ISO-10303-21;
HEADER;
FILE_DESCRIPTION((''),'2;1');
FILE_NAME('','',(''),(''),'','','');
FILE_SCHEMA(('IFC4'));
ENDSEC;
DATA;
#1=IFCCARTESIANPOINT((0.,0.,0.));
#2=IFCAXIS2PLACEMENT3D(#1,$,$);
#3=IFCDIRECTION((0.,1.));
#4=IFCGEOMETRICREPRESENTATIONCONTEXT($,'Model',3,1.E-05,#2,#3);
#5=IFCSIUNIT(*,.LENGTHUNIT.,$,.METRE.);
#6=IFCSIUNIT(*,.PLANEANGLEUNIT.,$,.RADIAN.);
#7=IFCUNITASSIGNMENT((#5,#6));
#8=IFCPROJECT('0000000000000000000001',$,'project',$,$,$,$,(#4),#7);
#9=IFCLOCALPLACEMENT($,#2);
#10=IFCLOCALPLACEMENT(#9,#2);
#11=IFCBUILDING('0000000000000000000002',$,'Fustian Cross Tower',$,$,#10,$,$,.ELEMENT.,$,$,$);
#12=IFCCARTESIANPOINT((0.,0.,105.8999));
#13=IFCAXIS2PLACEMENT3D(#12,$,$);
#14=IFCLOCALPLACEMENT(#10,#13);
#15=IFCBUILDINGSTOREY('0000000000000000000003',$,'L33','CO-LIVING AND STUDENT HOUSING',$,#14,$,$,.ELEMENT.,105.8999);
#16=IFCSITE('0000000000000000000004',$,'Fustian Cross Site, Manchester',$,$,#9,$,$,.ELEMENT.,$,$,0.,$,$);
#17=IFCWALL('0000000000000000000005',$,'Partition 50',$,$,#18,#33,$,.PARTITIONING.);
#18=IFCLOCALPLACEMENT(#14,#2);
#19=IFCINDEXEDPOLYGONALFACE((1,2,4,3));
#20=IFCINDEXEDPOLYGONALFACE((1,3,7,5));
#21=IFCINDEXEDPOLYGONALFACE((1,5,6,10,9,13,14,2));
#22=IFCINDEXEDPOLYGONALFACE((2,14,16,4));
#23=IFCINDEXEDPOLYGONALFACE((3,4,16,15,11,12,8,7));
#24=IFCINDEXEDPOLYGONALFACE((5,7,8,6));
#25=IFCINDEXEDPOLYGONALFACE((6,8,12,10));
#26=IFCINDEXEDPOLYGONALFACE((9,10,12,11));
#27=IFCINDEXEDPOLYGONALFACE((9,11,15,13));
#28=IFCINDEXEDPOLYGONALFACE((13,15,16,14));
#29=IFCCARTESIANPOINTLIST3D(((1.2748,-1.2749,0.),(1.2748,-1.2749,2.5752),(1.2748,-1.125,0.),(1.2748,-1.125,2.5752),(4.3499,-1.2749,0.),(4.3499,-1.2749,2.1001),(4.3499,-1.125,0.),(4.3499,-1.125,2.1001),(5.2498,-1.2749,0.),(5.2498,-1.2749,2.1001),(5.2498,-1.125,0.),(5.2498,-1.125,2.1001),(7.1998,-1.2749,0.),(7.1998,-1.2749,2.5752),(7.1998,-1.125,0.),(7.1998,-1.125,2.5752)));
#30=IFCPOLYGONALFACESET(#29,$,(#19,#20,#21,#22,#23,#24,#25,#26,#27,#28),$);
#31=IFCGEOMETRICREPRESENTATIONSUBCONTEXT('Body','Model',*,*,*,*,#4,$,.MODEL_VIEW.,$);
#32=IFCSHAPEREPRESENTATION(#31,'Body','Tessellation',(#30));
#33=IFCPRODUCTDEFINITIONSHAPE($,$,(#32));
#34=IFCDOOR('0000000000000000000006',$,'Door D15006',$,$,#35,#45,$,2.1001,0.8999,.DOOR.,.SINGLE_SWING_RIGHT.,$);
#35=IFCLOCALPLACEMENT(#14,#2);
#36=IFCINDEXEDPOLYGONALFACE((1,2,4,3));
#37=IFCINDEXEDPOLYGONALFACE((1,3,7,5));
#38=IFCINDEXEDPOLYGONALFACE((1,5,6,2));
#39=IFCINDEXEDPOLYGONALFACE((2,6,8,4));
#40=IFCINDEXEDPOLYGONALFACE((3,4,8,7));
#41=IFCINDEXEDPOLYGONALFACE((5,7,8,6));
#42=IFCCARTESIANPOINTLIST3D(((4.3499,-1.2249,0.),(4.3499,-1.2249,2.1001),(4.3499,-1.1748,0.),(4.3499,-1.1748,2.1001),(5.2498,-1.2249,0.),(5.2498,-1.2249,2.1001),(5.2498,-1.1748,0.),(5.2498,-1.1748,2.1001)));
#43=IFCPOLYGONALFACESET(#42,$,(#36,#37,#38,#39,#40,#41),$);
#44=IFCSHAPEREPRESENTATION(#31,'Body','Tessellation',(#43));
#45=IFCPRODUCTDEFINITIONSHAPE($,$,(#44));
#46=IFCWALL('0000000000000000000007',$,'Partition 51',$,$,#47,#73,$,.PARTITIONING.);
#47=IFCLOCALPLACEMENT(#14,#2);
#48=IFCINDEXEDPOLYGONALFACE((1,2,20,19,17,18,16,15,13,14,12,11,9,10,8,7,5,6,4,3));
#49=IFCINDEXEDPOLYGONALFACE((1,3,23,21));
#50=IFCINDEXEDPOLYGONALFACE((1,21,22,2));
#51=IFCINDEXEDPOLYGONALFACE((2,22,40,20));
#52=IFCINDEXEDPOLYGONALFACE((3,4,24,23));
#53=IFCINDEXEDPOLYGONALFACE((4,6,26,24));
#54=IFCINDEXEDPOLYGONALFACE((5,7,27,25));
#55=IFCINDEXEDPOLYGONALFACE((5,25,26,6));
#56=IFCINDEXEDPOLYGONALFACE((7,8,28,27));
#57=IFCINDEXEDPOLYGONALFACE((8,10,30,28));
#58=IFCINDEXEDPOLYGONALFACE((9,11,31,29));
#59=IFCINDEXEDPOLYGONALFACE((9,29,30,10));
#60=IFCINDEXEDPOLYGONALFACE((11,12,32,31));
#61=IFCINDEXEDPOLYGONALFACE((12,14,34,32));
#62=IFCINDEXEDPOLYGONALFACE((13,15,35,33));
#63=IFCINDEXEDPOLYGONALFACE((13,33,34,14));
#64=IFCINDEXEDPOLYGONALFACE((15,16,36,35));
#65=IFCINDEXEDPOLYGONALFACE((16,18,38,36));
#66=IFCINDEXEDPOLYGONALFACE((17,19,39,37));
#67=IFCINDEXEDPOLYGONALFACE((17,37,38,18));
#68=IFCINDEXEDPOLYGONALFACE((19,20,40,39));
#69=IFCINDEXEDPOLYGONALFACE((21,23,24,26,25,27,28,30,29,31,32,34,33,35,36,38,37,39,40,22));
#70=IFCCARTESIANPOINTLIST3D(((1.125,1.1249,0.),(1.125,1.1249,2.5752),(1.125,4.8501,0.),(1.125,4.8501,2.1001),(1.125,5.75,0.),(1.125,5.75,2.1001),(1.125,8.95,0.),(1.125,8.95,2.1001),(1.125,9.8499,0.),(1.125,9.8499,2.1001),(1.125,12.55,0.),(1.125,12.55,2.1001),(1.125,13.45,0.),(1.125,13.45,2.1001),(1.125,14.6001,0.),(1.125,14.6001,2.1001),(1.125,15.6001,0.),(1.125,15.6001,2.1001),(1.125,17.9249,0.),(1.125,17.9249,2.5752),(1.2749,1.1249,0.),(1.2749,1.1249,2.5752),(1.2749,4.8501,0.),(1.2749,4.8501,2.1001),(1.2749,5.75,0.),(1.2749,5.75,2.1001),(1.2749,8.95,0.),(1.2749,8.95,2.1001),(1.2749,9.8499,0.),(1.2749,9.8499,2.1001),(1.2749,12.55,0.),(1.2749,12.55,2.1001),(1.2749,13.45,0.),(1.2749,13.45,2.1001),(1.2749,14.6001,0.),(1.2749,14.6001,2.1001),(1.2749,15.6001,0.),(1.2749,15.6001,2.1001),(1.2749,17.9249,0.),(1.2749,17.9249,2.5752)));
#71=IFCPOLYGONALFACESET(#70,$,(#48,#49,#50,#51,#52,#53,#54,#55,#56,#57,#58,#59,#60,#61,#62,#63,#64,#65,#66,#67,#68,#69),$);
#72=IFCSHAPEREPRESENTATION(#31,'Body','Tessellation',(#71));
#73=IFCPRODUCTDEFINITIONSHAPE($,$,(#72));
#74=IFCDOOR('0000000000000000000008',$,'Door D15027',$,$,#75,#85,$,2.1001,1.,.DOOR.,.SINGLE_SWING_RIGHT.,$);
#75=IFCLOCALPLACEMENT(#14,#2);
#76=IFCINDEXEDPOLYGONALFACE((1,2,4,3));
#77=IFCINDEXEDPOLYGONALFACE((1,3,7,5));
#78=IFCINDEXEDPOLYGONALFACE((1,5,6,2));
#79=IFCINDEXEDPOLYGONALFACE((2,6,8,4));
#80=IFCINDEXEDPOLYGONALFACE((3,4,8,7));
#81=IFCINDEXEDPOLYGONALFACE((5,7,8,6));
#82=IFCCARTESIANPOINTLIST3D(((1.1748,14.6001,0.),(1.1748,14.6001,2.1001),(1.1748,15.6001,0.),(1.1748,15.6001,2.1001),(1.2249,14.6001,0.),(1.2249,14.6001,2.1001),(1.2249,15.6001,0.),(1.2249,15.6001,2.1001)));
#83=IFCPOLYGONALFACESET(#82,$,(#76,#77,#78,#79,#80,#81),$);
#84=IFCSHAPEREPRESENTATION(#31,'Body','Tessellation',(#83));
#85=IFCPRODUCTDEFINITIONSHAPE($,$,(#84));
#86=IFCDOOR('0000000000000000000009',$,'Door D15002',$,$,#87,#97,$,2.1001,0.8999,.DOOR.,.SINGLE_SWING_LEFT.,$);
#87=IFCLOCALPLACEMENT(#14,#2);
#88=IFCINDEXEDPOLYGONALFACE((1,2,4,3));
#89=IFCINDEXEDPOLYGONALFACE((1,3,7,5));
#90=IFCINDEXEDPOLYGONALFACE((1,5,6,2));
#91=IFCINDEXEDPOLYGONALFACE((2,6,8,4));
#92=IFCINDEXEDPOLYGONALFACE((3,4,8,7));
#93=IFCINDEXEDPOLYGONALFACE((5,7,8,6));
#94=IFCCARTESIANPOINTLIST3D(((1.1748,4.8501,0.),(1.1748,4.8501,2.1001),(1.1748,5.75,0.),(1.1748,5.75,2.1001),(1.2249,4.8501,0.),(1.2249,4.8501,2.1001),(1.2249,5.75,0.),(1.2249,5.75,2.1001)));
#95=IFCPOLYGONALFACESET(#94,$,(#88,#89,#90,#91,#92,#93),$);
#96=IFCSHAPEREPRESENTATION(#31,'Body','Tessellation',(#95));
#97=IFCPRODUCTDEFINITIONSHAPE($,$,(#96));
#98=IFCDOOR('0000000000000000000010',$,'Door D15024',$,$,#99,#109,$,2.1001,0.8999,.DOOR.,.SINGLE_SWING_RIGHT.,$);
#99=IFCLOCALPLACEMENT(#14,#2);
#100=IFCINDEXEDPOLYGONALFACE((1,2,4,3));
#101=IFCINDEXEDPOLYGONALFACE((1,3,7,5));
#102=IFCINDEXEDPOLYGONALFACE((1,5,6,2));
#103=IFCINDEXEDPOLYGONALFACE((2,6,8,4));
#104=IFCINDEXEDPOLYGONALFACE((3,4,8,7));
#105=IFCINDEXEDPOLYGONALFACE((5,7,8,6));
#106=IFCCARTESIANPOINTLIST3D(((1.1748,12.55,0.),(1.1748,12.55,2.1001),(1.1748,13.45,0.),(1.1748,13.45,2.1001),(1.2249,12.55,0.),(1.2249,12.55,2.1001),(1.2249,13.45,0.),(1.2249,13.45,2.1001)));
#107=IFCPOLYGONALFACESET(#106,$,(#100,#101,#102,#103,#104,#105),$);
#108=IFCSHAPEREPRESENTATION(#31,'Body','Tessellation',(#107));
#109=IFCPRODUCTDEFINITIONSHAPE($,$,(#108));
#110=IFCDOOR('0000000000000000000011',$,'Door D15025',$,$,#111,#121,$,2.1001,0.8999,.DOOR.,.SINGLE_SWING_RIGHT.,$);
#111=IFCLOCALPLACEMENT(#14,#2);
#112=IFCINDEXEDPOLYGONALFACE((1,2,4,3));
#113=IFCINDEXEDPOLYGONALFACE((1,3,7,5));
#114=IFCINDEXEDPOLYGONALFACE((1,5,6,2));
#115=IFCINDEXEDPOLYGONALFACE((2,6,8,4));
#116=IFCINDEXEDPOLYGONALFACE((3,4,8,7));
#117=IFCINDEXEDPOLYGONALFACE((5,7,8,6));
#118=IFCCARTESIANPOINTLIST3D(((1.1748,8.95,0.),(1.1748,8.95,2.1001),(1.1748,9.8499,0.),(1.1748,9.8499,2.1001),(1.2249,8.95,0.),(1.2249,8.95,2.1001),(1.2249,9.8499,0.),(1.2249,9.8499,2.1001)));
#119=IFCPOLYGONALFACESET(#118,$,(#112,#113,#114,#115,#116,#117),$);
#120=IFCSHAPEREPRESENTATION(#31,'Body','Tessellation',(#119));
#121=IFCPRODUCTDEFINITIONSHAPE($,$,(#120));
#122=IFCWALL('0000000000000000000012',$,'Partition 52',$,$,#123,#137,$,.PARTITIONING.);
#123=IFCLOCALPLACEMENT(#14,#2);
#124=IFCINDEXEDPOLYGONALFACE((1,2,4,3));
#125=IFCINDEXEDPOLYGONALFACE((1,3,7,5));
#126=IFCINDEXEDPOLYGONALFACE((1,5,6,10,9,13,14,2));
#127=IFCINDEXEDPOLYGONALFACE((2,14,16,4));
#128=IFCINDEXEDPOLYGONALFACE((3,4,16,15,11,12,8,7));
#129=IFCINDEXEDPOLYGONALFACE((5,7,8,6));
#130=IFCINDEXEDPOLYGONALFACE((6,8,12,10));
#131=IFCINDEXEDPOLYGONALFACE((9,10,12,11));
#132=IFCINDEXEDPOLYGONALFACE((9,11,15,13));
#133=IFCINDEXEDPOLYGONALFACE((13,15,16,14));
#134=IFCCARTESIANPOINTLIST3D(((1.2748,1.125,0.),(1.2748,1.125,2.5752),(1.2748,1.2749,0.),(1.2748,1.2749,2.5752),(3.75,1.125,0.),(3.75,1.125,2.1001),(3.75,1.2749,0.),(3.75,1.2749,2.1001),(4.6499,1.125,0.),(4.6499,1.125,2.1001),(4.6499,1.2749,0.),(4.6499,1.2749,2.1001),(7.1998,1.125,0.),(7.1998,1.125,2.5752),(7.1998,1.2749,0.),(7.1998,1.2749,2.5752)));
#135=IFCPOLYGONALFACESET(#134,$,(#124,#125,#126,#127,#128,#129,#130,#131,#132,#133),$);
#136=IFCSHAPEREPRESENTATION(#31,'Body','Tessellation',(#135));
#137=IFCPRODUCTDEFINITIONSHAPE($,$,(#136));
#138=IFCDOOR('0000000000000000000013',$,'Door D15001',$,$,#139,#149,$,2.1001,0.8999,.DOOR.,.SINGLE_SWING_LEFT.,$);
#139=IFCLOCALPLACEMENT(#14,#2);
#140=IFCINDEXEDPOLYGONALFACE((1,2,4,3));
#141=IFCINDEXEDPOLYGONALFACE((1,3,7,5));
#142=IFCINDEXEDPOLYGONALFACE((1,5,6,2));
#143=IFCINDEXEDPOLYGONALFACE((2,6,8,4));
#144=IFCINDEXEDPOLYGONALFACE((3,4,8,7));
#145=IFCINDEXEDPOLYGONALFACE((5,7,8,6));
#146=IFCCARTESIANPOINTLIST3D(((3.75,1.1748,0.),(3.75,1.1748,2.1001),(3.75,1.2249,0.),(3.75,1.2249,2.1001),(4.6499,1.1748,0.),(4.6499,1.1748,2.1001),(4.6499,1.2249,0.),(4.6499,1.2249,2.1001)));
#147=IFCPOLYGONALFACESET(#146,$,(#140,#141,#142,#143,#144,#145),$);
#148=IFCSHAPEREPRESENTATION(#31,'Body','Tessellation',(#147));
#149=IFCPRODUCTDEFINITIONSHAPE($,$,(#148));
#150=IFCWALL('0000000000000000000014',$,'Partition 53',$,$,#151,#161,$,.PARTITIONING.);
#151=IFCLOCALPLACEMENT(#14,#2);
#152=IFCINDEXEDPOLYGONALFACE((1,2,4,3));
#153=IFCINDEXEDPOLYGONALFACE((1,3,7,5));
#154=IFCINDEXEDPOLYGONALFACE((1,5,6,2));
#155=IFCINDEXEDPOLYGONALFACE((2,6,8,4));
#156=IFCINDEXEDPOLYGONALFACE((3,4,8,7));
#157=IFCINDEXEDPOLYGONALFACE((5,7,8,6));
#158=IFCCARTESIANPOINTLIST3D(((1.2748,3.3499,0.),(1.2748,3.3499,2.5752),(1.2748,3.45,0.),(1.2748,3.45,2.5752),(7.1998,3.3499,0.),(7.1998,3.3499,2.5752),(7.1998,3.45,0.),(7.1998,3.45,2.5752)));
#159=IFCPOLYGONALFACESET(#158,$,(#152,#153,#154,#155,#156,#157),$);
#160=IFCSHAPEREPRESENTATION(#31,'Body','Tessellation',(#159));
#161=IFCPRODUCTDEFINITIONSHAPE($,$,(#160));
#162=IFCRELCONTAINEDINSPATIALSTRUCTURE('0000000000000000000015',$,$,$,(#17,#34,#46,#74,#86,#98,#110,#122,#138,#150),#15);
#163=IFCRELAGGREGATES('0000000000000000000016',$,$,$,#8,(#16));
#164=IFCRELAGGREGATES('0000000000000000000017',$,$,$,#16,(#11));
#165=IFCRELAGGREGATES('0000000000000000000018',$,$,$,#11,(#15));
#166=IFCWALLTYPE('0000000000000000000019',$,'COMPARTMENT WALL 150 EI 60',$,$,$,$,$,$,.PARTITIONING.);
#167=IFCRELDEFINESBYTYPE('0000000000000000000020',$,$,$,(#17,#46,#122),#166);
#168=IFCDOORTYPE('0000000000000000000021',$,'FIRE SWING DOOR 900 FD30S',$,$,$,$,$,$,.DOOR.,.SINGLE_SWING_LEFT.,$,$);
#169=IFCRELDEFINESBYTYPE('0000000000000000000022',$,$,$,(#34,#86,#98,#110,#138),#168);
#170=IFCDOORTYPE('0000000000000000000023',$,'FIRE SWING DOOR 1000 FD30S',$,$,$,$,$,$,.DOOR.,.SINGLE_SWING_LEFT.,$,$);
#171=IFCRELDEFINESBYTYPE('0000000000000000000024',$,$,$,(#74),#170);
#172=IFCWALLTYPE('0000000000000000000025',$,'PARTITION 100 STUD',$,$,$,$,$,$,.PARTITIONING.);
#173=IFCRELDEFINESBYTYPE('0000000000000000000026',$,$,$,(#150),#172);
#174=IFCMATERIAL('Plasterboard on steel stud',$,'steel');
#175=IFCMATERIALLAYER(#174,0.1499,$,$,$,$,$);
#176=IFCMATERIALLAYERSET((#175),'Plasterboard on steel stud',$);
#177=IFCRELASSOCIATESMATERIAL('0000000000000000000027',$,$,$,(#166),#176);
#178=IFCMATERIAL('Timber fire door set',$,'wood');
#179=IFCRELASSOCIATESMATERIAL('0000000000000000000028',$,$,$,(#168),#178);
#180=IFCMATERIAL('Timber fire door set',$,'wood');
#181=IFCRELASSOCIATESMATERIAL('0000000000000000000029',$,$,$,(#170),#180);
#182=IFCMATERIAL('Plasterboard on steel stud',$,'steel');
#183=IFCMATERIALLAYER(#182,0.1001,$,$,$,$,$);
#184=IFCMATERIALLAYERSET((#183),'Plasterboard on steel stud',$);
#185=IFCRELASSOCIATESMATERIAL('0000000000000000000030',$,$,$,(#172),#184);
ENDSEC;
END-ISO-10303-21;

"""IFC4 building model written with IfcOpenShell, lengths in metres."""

from ifc_helpers import new_model, si_unit, direction, frame, frame_2d, origin, place, context, subcontext, project, spatial, rectangle, extrude, material, layer, layer_set, type_object, element, fill, save


model = new_model("IFC4")

# Units and contexts
model_context = context("Model", 3, precision=1e-05, world=origin(), true_north=direction((0.0, 1.0)))
body_context = subcontext(model_context, "Body", "Model", "MODEL_VIEW")
ifc_project = project(units=[si_unit("LENGTHUNIT", "METRE"), si_unit("PLANEANGLEUNIT", "RADIAN")], contexts=[model_context])

# Site, building, storey
site_placement = place(None, origin())
site = spatial("IfcSite", under=ifc_project, at=site_placement, Name="Fustian Cross Site, Manchester", CompositionType="ELEMENT", RefElevation=0.0)
building_placement = place(site_placement, origin())
building = spatial("IfcBuilding", under=site, at=building_placement, Name="Fustian Cross Tower", CompositionType="ELEMENT")
storey_placement = place(building_placement, frame((0.0, 0.0, 105.8999)))
storey = spatial("IfcBuildingStorey", under=building, at=storey_placement, Name="L33", Description="CO-LIVING AND STUDENT HOUSING", CompositionType="ELEMENT", Elevation=105.8999)

# Wall, opening, door
ifc_material_1 = material(Name="Plasterboard on steel stud", Category="steel")
ifc_layer_1 = layer(ifc_material_1, 0.1499)
ifc_layer_set_1 = layer_set([ifc_layer_1], Name="Plasterboard on steel stud")
wall_type_1 = type_object("IfcWallType", Name="COMPARTMENT WALL 150 EI 60", PredefinedType="PARTITIONING", material=ifc_layer_set_1)
wall_1_placement = place(storey_placement, frame((1.2749, -1.2, 0.0), z_axis=(0.0, 0.0, 1.0), x_axis=(1.0, 0.0, 0.0)))
wall_1 = element("IfcWall", 1, at=wall_1_placement, inside=storey, type_object=wall_type_1, Name="Partition 50", PredefinedType="PARTITIONING", context=body_context, shape_type="SweptSolid", body=[
    extrude(rectangle(XDim=5.925, YDim=0.1499, at=frame_2d((2.9624, 0.0))), origin(), (0.0, 0.0, 1.0), 2.5752),
])
opening_1_placement = place(wall_1_placement, frame((3.075, 0.0, 0.0)))
opening_1 = element("IfcOpeningElement", 2, at=opening_1_placement, cuts=wall_1, PredefinedType="OPENING", context=body_context, shape_type="SweptSolid", body=[
    extrude(rectangle(XDim=0.8999, YDim=2.1001, at=frame_2d((0.45, 1.05))), frame((0.0, 0.085, 0.0), z_axis=(0.0, -1.0, 0.0), x_axis=(1.0, 0.0, 0.0)), (0.0, 0.0, 1.0), 0.1699),
])
ifc_material_2 = material(Name="Timber fire door set", Category="wood")
door_type_1 = type_object("IfcDoorType", Name="FIRE SWING DOOR 900 FD30S", OperationType="SINGLE_SWING_LEFT", PredefinedType="DOOR", material=ifc_material_2)
door_1_placement = place(opening_1_placement, frame((0.8999, 0.0, 0.0), z_axis=(0.0, 0.0, 1.0), x_axis=(-1.0, 0.0, 0.0)))
door_1 = element("IfcDoor", 3, at=door_1_placement, inside=storey, type_object=door_type_1, Name="Door D15006", OperationType="SINGLE_SWING_RIGHT", OverallHeight=2.1001, OverallWidth=0.8999, PredefinedType="DOOR", context=body_context, shape_type="SweptSolid", body=[
    extrude(rectangle(XDim=0.8999, YDim=2.1001, at=frame_2d((0.45, 1.05))), frame((0.0, 0.0249, 0.0), z_axis=(0.0, -1.0, 0.0), x_axis=(1.0, 0.0, 0.0)), (0.0, 0.0, 1.0), 0.05),
])
fill(opening_1, door_1)

# Wall, openings, doors
wall_2_placement = place(storey_placement, frame((1.2, 1.125, 0.0), z_axis=(0.0, 0.0, 1.0), x_axis=(0.0, 1.0, 0.0)))
wall_2 = element("IfcWall", 4, at=wall_2_placement, inside=storey, type_object=wall_type_1, Name="Partition 51", PredefinedType="PARTITIONING", context=body_context, shape_type="SweptSolid", body=[
    extrude(rectangle(XDim=16.8, YDim=0.1499, at=frame_2d((8.3999, 0.0))), origin(), (0.0, 0.0, 1.0), 2.5752),
])
opening_2_placement = place(wall_2_placement, frame((3.7251, 0.0, 0.0)))
opening_2 = element("IfcOpeningElement", 5, at=opening_2_placement, cuts=wall_2, PredefinedType="OPENING", context=body_context, shape_type="SweptSolid", body=[
    extrude(rectangle(XDim=0.8999, YDim=2.1001, at=frame_2d((0.45, 1.05))), frame((0.0, 0.085, 0.0), z_axis=(0.0, -1.0, 0.0), x_axis=(1.0, 0.0, 0.0)), (0.0, 0.0, 1.0), 0.1699),
])
opening_3_placement = place(wall_2_placement, frame((11.425, 0.0, 0.0)))
opening_3 = element("IfcOpeningElement", 6, at=opening_3_placement, cuts=wall_2, PredefinedType="OPENING", context=body_context, shape_type="SweptSolid", body=[
    extrude(rectangle(XDim=0.8999, YDim=2.1001, at=frame_2d((0.45, 1.05))), frame((0.0, 0.085, 0.0), z_axis=(0.0, -1.0, 0.0), x_axis=(1.0, 0.0, 0.0)), (0.0, 0.0, 1.0), 0.1699),
])
opening_4_placement = place(wall_2_placement, frame((7.825, 0.0, 0.0)))
opening_4 = element("IfcOpeningElement", 7, at=opening_4_placement, cuts=wall_2, PredefinedType="OPENING", context=body_context, shape_type="SweptSolid", body=[
    extrude(rectangle(XDim=0.8999, YDim=2.1001, at=frame_2d((0.45, 1.05))), frame((0.0, 0.085, 0.0), z_axis=(0.0, -1.0, 0.0), x_axis=(1.0, 0.0, 0.0)), (0.0, 0.0, 1.0), 0.1699),
])
opening_5_placement = place(wall_2_placement, frame((13.4751, 0.0, 0.0)))
opening_5 = element("IfcOpeningElement", 8, at=opening_5_placement, cuts=wall_2, PredefinedType="OPENING", context=body_context, shape_type="SweptSolid", body=[
    extrude(rectangle(XDim=1.0, YDim=2.1001, at=frame_2d((0.5, 1.05))), frame((0.0, 0.085, 0.0), z_axis=(0.0, -1.0, 0.0), x_axis=(1.0, 0.0, 0.0)), (0.0, 0.0, 1.0), 0.1699),
])
ifc_material_3 = material(Name="Timber fire door set", Category="wood")
door_type_2 = type_object("IfcDoorType", Name="FIRE SWING DOOR 1000 FD30S", OperationType="SINGLE_SWING_LEFT", PredefinedType="DOOR", material=ifc_material_3)
door_2_placement = place(opening_5_placement, frame((1.0, 0.0, 0.0), z_axis=(0.0, 0.0, 1.0), x_axis=(-1.0, 0.0, 0.0)))
door_2 = element("IfcDoor", 9, at=door_2_placement, inside=storey, type_object=door_type_2, Name="Door D15027", OperationType="SINGLE_SWING_RIGHT", OverallHeight=2.1001, OverallWidth=1.0, PredefinedType="DOOR", context=body_context, shape_type="SweptSolid", body=[
    extrude(rectangle(XDim=1.0, YDim=2.1001, at=frame_2d((0.5, 1.05))), frame((0.0, 0.0249, 0.0), z_axis=(0.0, -1.0, 0.0), x_axis=(1.0, 0.0, 0.0)), (0.0, 0.0, 1.0), 0.05),
])
fill(opening_5, door_2)
door_3_placement = place(opening_2_placement, frame((0.8999, 0.0, 0.0), z_axis=(0.0, 0.0, 1.0), x_axis=(-1.0, 0.0, 0.0)))
door_3 = element("IfcDoor", 10, at=door_3_placement, inside=storey, type_object=door_type_1, Name="Door D15002", OperationType="SINGLE_SWING_LEFT", OverallHeight=2.1001, OverallWidth=0.8999, PredefinedType="DOOR", context=body_context, shape_type="SweptSolid", body=[
    extrude(rectangle(XDim=0.8999, YDim=2.1001, at=frame_2d((0.45, 1.05))), frame((0.0, 0.0249, 0.0), z_axis=(0.0, -1.0, 0.0), x_axis=(1.0, 0.0, 0.0)), (0.0, 0.0, 1.0), 0.05),
])
fill(opening_2, door_3)
door_4_placement = place(opening_3_placement, frame((0.8999, 0.0, 0.0), z_axis=(0.0, 0.0, 1.0), x_axis=(-1.0, 0.0, 0.0)))
door_4 = element("IfcDoor", 11, at=door_4_placement, inside=storey, type_object=door_type_1, Name="Door D15024", OperationType="SINGLE_SWING_RIGHT", OverallHeight=2.1001, OverallWidth=0.8999, PredefinedType="DOOR", context=body_context, shape_type="SweptSolid", body=[
    extrude(rectangle(XDim=0.8999, YDim=2.1001, at=frame_2d((0.45, 1.05))), frame((0.0, 0.0249, 0.0), z_axis=(0.0, -1.0, 0.0), x_axis=(1.0, 0.0, 0.0)), (0.0, 0.0, 1.0), 0.05),
])
fill(opening_3, door_4)
door_5_placement = place(opening_4_placement, frame((0.8999, 0.0, 0.0), z_axis=(0.0, 0.0, 1.0), x_axis=(-1.0, 0.0, 0.0)))
door_5 = element("IfcDoor", 12, at=door_5_placement, inside=storey, type_object=door_type_1, Name="Door D15025", OperationType="SINGLE_SWING_RIGHT", OverallHeight=2.1001, OverallWidth=0.8999, PredefinedType="DOOR", context=body_context, shape_type="SweptSolid", body=[
    extrude(rectangle(XDim=0.8999, YDim=2.1001, at=frame_2d((0.45, 1.05))), frame((0.0, 0.0249, 0.0), z_axis=(0.0, -1.0, 0.0), x_axis=(1.0, 0.0, 0.0)), (0.0, 0.0, 1.0), 0.05),
])
fill(opening_4, door_5)

# Wall, opening, door
wall_3_placement = place(storey_placement, frame((1.2749, 1.2, 0.0), z_axis=(0.0, 0.0, 1.0), x_axis=(1.0, 0.0, 0.0)))
wall_3 = element("IfcWall", 13, at=wall_3_placement, inside=storey, type_object=wall_type_1, Name="Partition 52", PredefinedType="PARTITIONING", context=body_context, shape_type="SweptSolid", body=[
    extrude(rectangle(XDim=5.925, YDim=0.1499, at=frame_2d((2.9624, 0.0))), origin(), (0.0, 0.0, 1.0), 2.5752),
])
opening_6_placement = place(wall_3_placement, frame((2.4751, 0.0, 0.0)))
opening_6 = element("IfcOpeningElement", 14, at=opening_6_placement, cuts=wall_3, PredefinedType="OPENING", context=body_context, shape_type="SweptSolid", body=[
    extrude(rectangle(XDim=0.8999, YDim=2.1001, at=frame_2d((0.45, 1.05))), frame((0.0, 0.085, 0.0), z_axis=(0.0, -1.0, 0.0), x_axis=(1.0, 0.0, 0.0)), (0.0, 0.0, 1.0), 0.1699),
])
door_6_placement = place(opening_6_placement, origin())
door_6 = element("IfcDoor", 15, at=door_6_placement, inside=storey, type_object=door_type_1, Name="Door D15001", OperationType="SINGLE_SWING_LEFT", OverallHeight=2.1001, OverallWidth=0.8999, PredefinedType="DOOR", context=body_context, shape_type="SweptSolid", body=[
    extrude(rectangle(XDim=0.8999, YDim=2.1001, at=frame_2d((0.45, 1.05))), frame((0.0, 0.0249, 0.0), z_axis=(0.0, -1.0, 0.0), x_axis=(1.0, 0.0, 0.0)), (0.0, 0.0, 1.0), 0.05),
])
fill(opening_6, door_6)

# Wall
ifc_material_4 = material(Name="Plasterboard on steel stud", Category="steel")
ifc_layer_2 = layer(ifc_material_4, 0.1001)
ifc_layer_set_2 = layer_set([ifc_layer_2], Name="Plasterboard on steel stud")
wall_type_2 = type_object("IfcWallType", Name="PARTITION 100 STUD", PredefinedType="PARTITIONING", material=ifc_layer_set_2)
wall_4_placement = place(storey_placement, frame((1.2749, 3.3999, 0.0), z_axis=(0.0, 0.0, 1.0), x_axis=(1.0, 0.0, 0.0)))
element("IfcWall", 16, at=wall_4_placement, inside=storey, type_object=wall_type_2, Name="Partition 53", PredefinedType="PARTITIONING", context=body_context, shape_type="SweptSolid", body=[
    extrude(rectangle(XDim=5.925, YDim=0.1001, at=frame_2d((2.9624, 0.0))), origin(), (0.0, 0.0, 1.0), 2.5752),
])

save(model, "model.ifc")
